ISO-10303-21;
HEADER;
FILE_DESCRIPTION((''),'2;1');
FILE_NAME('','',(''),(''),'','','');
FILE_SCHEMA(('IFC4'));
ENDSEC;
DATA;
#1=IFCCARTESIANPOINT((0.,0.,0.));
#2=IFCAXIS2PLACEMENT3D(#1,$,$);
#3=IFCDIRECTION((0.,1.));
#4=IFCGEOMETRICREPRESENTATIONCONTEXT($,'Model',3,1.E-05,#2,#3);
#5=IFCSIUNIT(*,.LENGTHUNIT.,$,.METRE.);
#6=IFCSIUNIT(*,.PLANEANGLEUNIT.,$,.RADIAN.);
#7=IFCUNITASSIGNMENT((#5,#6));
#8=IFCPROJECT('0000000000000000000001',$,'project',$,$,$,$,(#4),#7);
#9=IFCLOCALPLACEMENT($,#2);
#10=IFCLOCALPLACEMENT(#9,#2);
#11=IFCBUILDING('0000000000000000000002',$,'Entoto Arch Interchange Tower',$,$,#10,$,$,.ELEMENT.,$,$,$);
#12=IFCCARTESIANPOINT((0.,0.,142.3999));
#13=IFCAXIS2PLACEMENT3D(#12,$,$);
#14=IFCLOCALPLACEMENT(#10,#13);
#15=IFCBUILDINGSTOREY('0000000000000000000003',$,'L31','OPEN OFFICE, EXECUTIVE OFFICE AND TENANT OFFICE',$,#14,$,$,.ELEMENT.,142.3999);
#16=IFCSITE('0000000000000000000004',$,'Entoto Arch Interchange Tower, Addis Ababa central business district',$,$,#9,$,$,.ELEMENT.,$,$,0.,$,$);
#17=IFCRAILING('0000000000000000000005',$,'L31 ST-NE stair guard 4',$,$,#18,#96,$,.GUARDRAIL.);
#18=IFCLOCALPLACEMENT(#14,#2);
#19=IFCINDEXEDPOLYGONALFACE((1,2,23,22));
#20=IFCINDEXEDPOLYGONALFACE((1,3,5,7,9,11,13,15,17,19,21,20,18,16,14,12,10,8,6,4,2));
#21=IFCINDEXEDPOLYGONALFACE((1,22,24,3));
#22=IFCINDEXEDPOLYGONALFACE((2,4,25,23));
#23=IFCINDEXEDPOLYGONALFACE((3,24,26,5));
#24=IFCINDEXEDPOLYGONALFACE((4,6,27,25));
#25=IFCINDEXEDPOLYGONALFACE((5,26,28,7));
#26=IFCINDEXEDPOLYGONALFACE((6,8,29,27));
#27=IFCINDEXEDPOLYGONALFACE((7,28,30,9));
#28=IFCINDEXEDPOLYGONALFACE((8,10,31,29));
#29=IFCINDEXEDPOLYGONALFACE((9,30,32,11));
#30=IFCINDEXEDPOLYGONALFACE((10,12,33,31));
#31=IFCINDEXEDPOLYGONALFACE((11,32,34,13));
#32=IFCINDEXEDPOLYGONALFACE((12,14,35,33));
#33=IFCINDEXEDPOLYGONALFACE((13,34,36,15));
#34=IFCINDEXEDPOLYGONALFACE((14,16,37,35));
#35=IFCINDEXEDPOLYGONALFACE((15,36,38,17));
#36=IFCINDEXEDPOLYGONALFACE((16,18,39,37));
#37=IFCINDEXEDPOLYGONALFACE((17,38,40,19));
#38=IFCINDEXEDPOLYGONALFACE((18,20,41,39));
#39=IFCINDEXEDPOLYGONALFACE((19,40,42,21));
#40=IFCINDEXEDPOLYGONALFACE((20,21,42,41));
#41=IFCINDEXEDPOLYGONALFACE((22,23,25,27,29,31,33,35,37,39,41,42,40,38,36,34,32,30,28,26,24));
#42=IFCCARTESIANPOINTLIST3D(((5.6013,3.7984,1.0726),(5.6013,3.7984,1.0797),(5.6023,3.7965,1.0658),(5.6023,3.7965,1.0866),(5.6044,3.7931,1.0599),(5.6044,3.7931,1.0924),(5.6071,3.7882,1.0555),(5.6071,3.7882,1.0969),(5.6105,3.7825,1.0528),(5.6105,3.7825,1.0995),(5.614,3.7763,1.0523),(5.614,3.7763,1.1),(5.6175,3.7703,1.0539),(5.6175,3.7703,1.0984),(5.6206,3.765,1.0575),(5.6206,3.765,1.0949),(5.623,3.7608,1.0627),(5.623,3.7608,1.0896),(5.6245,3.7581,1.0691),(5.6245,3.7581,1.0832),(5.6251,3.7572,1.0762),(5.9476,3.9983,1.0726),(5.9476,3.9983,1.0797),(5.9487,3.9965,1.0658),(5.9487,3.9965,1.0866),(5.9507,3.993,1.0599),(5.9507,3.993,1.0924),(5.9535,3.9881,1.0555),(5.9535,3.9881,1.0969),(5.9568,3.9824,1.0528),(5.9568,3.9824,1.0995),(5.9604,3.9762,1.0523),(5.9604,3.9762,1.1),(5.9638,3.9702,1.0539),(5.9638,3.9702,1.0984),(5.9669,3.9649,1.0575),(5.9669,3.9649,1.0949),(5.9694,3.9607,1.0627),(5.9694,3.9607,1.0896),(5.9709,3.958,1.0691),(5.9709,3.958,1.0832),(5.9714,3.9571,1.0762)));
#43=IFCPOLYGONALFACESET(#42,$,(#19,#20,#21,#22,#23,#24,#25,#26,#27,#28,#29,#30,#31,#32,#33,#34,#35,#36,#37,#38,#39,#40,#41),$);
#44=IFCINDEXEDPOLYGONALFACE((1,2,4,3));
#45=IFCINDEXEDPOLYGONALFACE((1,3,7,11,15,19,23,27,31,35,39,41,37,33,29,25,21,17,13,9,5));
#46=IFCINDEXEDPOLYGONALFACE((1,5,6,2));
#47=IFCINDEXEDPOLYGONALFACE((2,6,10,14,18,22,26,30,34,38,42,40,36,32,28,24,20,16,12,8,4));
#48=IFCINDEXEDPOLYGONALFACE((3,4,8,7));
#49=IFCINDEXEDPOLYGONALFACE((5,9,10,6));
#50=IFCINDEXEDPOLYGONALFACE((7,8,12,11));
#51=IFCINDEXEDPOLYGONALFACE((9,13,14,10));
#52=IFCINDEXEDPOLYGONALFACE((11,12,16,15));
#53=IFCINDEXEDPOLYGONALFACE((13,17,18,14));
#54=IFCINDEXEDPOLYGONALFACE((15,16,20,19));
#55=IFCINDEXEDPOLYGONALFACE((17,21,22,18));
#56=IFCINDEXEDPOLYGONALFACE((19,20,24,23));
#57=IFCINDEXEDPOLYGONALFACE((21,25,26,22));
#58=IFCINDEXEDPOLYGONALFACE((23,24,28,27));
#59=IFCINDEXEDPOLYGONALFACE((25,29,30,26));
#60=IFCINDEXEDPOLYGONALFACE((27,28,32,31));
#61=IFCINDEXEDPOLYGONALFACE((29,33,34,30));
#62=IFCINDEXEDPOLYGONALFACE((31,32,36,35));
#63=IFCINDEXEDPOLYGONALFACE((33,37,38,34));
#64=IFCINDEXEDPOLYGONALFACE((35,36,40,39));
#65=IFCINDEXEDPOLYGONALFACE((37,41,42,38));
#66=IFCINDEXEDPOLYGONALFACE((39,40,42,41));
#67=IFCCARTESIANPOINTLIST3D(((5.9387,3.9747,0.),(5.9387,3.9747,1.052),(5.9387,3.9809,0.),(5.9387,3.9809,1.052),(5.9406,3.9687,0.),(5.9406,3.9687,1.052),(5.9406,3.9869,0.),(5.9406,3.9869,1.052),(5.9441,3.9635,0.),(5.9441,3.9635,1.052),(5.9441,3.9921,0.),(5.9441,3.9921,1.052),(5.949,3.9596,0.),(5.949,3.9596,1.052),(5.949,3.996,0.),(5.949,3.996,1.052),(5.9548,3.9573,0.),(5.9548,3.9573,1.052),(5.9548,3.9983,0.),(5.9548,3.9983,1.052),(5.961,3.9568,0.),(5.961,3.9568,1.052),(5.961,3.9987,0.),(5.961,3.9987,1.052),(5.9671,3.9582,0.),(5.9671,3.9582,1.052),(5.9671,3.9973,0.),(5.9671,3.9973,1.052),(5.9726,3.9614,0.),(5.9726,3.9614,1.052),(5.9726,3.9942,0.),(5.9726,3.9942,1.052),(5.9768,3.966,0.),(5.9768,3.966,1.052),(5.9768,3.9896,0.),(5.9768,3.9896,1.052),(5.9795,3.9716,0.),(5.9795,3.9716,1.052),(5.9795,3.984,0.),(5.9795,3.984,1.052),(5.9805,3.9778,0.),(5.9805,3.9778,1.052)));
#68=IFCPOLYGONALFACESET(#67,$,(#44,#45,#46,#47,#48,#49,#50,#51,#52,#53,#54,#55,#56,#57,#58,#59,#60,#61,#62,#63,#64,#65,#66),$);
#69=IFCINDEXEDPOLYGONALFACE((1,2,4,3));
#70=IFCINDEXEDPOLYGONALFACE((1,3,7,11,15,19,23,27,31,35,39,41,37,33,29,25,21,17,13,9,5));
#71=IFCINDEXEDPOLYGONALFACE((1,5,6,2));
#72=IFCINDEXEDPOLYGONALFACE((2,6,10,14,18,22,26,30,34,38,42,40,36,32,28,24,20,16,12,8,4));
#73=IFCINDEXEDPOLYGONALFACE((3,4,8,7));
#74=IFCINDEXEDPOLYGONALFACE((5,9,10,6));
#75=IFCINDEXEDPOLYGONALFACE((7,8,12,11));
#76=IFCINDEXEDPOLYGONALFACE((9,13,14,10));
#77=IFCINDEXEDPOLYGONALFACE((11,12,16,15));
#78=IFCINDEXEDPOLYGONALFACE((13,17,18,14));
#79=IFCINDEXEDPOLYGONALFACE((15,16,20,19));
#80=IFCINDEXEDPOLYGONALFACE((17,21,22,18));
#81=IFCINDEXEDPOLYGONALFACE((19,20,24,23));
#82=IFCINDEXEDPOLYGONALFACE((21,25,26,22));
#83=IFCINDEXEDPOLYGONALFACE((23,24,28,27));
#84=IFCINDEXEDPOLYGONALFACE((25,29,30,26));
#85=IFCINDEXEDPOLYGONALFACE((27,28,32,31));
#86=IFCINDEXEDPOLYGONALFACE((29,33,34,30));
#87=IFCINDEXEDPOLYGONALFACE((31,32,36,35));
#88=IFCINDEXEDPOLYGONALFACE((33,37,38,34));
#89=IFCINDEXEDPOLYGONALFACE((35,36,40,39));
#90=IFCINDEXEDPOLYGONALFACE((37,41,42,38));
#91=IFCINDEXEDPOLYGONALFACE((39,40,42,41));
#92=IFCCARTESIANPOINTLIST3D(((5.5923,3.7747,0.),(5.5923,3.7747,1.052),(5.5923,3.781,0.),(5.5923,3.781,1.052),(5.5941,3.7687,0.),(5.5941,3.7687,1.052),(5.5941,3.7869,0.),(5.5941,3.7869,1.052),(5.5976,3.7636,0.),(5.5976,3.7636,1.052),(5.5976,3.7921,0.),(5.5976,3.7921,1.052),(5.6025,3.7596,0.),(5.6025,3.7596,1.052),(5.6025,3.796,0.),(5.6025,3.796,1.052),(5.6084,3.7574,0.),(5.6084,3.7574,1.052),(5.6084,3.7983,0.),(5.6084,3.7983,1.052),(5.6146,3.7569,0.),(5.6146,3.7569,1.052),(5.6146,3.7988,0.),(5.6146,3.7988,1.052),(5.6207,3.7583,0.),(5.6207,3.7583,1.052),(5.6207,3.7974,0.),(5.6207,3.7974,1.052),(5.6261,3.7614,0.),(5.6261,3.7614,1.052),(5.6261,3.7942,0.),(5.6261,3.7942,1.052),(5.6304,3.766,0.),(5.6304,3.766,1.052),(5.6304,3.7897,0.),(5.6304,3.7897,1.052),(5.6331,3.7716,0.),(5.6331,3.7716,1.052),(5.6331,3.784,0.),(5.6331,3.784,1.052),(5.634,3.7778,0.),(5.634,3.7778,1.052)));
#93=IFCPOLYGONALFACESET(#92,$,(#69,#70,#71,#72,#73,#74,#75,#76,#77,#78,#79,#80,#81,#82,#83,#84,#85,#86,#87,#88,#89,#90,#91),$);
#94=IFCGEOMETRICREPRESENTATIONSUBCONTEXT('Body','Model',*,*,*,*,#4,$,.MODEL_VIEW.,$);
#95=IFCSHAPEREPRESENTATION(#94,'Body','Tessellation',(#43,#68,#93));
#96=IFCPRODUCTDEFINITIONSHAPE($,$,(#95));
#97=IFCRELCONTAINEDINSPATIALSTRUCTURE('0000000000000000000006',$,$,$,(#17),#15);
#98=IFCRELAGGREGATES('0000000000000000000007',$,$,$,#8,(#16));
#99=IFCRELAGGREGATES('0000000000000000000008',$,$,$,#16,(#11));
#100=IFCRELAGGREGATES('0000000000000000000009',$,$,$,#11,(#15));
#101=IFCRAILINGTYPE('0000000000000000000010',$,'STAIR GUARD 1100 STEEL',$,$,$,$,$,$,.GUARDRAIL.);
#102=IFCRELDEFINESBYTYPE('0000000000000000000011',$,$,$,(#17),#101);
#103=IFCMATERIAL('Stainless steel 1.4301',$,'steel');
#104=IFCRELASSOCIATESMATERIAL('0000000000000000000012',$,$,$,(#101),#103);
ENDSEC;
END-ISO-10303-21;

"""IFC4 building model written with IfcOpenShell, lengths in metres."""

from ifc_helpers import new_model, si_unit, direction, frame, origin, origin_2d, place, context, subcontext, project, spatial, circle, extrude, material, type_object, element, save


model = new_model("IFC4")

# Units and contexts
model_context = context("Model", 3, precision=1e-05, world=origin(), true_north=direction((0.0, 1.0)))
body_context = subcontext(model_context, "Body", "Model", "MODEL_VIEW")
ifc_project = project(units=[si_unit("LENGTHUNIT", "METRE"), si_unit("PLANEANGLEUNIT", "RADIAN")], contexts=[model_context])

# Site, building, storey
site_placement = place(None, origin())
site = spatial("IfcSite", under=ifc_project, at=site_placement, Name="Entoto Arch Interchange Tower, Addis Ababa central business district", CompositionType="ELEMENT", RefElevation=0.0)
building_placement = place(site_placement, origin())
building = spatial("IfcBuilding", under=site, at=building_placement, Name="Entoto Arch Interchange Tower", CompositionType="ELEMENT")
storey_placement = place(building_placement, frame((0.0, 0.0, 142.3999)))
storey = spatial("IfcBuildingStorey", under=building, at=storey_placement, Name="L31", Description="OPEN OFFICE, EXECUTIVE OFFICE AND TENANT OFFICE", CompositionType="ELEMENT", Elevation=142.3999)

# Railing
ifc_material_1 = material(Name="Stainless steel 1.4301", Category="steel")
railing_type_1 = type_object("IfcRailingType", Name="STAIR GUARD 1100 STEEL", PredefinedType="GUARDRAIL", material=ifc_material_1)
railing_1_placement = place(storey_placement, frame((5.9595, 3.9778, 0.0)))
element("IfcRailing", 1, at=railing_1_placement, inside=storey, type_object=railing_type_1, Name="L31 ST-NE stair guard 4", PredefinedType="GUARDRAIL", context=body_context, shape_type="SweptSolid", body=[
    extrude(circle(Radius=0.0239, at=origin_2d()), frame((0.0, 0.0, 1.0762), z_axis=(-0.866094, -0.499881, 0.0), x_axis=(0.499881, -0.866094, 0.0)), (0.0, 0.0, 1.0), 0.3999),
    extrude(circle(Radius=0.021, at=origin_2d()), origin(), (0.0, 0.0, 1.0), 1.052),
    extrude(circle(Radius=0.021, at=origin_2d()), frame((-0.3464, -0.2, 0.0)), (0.0, 0.0, 1.0), 1.052),
])

save(model, "model.ifc")
